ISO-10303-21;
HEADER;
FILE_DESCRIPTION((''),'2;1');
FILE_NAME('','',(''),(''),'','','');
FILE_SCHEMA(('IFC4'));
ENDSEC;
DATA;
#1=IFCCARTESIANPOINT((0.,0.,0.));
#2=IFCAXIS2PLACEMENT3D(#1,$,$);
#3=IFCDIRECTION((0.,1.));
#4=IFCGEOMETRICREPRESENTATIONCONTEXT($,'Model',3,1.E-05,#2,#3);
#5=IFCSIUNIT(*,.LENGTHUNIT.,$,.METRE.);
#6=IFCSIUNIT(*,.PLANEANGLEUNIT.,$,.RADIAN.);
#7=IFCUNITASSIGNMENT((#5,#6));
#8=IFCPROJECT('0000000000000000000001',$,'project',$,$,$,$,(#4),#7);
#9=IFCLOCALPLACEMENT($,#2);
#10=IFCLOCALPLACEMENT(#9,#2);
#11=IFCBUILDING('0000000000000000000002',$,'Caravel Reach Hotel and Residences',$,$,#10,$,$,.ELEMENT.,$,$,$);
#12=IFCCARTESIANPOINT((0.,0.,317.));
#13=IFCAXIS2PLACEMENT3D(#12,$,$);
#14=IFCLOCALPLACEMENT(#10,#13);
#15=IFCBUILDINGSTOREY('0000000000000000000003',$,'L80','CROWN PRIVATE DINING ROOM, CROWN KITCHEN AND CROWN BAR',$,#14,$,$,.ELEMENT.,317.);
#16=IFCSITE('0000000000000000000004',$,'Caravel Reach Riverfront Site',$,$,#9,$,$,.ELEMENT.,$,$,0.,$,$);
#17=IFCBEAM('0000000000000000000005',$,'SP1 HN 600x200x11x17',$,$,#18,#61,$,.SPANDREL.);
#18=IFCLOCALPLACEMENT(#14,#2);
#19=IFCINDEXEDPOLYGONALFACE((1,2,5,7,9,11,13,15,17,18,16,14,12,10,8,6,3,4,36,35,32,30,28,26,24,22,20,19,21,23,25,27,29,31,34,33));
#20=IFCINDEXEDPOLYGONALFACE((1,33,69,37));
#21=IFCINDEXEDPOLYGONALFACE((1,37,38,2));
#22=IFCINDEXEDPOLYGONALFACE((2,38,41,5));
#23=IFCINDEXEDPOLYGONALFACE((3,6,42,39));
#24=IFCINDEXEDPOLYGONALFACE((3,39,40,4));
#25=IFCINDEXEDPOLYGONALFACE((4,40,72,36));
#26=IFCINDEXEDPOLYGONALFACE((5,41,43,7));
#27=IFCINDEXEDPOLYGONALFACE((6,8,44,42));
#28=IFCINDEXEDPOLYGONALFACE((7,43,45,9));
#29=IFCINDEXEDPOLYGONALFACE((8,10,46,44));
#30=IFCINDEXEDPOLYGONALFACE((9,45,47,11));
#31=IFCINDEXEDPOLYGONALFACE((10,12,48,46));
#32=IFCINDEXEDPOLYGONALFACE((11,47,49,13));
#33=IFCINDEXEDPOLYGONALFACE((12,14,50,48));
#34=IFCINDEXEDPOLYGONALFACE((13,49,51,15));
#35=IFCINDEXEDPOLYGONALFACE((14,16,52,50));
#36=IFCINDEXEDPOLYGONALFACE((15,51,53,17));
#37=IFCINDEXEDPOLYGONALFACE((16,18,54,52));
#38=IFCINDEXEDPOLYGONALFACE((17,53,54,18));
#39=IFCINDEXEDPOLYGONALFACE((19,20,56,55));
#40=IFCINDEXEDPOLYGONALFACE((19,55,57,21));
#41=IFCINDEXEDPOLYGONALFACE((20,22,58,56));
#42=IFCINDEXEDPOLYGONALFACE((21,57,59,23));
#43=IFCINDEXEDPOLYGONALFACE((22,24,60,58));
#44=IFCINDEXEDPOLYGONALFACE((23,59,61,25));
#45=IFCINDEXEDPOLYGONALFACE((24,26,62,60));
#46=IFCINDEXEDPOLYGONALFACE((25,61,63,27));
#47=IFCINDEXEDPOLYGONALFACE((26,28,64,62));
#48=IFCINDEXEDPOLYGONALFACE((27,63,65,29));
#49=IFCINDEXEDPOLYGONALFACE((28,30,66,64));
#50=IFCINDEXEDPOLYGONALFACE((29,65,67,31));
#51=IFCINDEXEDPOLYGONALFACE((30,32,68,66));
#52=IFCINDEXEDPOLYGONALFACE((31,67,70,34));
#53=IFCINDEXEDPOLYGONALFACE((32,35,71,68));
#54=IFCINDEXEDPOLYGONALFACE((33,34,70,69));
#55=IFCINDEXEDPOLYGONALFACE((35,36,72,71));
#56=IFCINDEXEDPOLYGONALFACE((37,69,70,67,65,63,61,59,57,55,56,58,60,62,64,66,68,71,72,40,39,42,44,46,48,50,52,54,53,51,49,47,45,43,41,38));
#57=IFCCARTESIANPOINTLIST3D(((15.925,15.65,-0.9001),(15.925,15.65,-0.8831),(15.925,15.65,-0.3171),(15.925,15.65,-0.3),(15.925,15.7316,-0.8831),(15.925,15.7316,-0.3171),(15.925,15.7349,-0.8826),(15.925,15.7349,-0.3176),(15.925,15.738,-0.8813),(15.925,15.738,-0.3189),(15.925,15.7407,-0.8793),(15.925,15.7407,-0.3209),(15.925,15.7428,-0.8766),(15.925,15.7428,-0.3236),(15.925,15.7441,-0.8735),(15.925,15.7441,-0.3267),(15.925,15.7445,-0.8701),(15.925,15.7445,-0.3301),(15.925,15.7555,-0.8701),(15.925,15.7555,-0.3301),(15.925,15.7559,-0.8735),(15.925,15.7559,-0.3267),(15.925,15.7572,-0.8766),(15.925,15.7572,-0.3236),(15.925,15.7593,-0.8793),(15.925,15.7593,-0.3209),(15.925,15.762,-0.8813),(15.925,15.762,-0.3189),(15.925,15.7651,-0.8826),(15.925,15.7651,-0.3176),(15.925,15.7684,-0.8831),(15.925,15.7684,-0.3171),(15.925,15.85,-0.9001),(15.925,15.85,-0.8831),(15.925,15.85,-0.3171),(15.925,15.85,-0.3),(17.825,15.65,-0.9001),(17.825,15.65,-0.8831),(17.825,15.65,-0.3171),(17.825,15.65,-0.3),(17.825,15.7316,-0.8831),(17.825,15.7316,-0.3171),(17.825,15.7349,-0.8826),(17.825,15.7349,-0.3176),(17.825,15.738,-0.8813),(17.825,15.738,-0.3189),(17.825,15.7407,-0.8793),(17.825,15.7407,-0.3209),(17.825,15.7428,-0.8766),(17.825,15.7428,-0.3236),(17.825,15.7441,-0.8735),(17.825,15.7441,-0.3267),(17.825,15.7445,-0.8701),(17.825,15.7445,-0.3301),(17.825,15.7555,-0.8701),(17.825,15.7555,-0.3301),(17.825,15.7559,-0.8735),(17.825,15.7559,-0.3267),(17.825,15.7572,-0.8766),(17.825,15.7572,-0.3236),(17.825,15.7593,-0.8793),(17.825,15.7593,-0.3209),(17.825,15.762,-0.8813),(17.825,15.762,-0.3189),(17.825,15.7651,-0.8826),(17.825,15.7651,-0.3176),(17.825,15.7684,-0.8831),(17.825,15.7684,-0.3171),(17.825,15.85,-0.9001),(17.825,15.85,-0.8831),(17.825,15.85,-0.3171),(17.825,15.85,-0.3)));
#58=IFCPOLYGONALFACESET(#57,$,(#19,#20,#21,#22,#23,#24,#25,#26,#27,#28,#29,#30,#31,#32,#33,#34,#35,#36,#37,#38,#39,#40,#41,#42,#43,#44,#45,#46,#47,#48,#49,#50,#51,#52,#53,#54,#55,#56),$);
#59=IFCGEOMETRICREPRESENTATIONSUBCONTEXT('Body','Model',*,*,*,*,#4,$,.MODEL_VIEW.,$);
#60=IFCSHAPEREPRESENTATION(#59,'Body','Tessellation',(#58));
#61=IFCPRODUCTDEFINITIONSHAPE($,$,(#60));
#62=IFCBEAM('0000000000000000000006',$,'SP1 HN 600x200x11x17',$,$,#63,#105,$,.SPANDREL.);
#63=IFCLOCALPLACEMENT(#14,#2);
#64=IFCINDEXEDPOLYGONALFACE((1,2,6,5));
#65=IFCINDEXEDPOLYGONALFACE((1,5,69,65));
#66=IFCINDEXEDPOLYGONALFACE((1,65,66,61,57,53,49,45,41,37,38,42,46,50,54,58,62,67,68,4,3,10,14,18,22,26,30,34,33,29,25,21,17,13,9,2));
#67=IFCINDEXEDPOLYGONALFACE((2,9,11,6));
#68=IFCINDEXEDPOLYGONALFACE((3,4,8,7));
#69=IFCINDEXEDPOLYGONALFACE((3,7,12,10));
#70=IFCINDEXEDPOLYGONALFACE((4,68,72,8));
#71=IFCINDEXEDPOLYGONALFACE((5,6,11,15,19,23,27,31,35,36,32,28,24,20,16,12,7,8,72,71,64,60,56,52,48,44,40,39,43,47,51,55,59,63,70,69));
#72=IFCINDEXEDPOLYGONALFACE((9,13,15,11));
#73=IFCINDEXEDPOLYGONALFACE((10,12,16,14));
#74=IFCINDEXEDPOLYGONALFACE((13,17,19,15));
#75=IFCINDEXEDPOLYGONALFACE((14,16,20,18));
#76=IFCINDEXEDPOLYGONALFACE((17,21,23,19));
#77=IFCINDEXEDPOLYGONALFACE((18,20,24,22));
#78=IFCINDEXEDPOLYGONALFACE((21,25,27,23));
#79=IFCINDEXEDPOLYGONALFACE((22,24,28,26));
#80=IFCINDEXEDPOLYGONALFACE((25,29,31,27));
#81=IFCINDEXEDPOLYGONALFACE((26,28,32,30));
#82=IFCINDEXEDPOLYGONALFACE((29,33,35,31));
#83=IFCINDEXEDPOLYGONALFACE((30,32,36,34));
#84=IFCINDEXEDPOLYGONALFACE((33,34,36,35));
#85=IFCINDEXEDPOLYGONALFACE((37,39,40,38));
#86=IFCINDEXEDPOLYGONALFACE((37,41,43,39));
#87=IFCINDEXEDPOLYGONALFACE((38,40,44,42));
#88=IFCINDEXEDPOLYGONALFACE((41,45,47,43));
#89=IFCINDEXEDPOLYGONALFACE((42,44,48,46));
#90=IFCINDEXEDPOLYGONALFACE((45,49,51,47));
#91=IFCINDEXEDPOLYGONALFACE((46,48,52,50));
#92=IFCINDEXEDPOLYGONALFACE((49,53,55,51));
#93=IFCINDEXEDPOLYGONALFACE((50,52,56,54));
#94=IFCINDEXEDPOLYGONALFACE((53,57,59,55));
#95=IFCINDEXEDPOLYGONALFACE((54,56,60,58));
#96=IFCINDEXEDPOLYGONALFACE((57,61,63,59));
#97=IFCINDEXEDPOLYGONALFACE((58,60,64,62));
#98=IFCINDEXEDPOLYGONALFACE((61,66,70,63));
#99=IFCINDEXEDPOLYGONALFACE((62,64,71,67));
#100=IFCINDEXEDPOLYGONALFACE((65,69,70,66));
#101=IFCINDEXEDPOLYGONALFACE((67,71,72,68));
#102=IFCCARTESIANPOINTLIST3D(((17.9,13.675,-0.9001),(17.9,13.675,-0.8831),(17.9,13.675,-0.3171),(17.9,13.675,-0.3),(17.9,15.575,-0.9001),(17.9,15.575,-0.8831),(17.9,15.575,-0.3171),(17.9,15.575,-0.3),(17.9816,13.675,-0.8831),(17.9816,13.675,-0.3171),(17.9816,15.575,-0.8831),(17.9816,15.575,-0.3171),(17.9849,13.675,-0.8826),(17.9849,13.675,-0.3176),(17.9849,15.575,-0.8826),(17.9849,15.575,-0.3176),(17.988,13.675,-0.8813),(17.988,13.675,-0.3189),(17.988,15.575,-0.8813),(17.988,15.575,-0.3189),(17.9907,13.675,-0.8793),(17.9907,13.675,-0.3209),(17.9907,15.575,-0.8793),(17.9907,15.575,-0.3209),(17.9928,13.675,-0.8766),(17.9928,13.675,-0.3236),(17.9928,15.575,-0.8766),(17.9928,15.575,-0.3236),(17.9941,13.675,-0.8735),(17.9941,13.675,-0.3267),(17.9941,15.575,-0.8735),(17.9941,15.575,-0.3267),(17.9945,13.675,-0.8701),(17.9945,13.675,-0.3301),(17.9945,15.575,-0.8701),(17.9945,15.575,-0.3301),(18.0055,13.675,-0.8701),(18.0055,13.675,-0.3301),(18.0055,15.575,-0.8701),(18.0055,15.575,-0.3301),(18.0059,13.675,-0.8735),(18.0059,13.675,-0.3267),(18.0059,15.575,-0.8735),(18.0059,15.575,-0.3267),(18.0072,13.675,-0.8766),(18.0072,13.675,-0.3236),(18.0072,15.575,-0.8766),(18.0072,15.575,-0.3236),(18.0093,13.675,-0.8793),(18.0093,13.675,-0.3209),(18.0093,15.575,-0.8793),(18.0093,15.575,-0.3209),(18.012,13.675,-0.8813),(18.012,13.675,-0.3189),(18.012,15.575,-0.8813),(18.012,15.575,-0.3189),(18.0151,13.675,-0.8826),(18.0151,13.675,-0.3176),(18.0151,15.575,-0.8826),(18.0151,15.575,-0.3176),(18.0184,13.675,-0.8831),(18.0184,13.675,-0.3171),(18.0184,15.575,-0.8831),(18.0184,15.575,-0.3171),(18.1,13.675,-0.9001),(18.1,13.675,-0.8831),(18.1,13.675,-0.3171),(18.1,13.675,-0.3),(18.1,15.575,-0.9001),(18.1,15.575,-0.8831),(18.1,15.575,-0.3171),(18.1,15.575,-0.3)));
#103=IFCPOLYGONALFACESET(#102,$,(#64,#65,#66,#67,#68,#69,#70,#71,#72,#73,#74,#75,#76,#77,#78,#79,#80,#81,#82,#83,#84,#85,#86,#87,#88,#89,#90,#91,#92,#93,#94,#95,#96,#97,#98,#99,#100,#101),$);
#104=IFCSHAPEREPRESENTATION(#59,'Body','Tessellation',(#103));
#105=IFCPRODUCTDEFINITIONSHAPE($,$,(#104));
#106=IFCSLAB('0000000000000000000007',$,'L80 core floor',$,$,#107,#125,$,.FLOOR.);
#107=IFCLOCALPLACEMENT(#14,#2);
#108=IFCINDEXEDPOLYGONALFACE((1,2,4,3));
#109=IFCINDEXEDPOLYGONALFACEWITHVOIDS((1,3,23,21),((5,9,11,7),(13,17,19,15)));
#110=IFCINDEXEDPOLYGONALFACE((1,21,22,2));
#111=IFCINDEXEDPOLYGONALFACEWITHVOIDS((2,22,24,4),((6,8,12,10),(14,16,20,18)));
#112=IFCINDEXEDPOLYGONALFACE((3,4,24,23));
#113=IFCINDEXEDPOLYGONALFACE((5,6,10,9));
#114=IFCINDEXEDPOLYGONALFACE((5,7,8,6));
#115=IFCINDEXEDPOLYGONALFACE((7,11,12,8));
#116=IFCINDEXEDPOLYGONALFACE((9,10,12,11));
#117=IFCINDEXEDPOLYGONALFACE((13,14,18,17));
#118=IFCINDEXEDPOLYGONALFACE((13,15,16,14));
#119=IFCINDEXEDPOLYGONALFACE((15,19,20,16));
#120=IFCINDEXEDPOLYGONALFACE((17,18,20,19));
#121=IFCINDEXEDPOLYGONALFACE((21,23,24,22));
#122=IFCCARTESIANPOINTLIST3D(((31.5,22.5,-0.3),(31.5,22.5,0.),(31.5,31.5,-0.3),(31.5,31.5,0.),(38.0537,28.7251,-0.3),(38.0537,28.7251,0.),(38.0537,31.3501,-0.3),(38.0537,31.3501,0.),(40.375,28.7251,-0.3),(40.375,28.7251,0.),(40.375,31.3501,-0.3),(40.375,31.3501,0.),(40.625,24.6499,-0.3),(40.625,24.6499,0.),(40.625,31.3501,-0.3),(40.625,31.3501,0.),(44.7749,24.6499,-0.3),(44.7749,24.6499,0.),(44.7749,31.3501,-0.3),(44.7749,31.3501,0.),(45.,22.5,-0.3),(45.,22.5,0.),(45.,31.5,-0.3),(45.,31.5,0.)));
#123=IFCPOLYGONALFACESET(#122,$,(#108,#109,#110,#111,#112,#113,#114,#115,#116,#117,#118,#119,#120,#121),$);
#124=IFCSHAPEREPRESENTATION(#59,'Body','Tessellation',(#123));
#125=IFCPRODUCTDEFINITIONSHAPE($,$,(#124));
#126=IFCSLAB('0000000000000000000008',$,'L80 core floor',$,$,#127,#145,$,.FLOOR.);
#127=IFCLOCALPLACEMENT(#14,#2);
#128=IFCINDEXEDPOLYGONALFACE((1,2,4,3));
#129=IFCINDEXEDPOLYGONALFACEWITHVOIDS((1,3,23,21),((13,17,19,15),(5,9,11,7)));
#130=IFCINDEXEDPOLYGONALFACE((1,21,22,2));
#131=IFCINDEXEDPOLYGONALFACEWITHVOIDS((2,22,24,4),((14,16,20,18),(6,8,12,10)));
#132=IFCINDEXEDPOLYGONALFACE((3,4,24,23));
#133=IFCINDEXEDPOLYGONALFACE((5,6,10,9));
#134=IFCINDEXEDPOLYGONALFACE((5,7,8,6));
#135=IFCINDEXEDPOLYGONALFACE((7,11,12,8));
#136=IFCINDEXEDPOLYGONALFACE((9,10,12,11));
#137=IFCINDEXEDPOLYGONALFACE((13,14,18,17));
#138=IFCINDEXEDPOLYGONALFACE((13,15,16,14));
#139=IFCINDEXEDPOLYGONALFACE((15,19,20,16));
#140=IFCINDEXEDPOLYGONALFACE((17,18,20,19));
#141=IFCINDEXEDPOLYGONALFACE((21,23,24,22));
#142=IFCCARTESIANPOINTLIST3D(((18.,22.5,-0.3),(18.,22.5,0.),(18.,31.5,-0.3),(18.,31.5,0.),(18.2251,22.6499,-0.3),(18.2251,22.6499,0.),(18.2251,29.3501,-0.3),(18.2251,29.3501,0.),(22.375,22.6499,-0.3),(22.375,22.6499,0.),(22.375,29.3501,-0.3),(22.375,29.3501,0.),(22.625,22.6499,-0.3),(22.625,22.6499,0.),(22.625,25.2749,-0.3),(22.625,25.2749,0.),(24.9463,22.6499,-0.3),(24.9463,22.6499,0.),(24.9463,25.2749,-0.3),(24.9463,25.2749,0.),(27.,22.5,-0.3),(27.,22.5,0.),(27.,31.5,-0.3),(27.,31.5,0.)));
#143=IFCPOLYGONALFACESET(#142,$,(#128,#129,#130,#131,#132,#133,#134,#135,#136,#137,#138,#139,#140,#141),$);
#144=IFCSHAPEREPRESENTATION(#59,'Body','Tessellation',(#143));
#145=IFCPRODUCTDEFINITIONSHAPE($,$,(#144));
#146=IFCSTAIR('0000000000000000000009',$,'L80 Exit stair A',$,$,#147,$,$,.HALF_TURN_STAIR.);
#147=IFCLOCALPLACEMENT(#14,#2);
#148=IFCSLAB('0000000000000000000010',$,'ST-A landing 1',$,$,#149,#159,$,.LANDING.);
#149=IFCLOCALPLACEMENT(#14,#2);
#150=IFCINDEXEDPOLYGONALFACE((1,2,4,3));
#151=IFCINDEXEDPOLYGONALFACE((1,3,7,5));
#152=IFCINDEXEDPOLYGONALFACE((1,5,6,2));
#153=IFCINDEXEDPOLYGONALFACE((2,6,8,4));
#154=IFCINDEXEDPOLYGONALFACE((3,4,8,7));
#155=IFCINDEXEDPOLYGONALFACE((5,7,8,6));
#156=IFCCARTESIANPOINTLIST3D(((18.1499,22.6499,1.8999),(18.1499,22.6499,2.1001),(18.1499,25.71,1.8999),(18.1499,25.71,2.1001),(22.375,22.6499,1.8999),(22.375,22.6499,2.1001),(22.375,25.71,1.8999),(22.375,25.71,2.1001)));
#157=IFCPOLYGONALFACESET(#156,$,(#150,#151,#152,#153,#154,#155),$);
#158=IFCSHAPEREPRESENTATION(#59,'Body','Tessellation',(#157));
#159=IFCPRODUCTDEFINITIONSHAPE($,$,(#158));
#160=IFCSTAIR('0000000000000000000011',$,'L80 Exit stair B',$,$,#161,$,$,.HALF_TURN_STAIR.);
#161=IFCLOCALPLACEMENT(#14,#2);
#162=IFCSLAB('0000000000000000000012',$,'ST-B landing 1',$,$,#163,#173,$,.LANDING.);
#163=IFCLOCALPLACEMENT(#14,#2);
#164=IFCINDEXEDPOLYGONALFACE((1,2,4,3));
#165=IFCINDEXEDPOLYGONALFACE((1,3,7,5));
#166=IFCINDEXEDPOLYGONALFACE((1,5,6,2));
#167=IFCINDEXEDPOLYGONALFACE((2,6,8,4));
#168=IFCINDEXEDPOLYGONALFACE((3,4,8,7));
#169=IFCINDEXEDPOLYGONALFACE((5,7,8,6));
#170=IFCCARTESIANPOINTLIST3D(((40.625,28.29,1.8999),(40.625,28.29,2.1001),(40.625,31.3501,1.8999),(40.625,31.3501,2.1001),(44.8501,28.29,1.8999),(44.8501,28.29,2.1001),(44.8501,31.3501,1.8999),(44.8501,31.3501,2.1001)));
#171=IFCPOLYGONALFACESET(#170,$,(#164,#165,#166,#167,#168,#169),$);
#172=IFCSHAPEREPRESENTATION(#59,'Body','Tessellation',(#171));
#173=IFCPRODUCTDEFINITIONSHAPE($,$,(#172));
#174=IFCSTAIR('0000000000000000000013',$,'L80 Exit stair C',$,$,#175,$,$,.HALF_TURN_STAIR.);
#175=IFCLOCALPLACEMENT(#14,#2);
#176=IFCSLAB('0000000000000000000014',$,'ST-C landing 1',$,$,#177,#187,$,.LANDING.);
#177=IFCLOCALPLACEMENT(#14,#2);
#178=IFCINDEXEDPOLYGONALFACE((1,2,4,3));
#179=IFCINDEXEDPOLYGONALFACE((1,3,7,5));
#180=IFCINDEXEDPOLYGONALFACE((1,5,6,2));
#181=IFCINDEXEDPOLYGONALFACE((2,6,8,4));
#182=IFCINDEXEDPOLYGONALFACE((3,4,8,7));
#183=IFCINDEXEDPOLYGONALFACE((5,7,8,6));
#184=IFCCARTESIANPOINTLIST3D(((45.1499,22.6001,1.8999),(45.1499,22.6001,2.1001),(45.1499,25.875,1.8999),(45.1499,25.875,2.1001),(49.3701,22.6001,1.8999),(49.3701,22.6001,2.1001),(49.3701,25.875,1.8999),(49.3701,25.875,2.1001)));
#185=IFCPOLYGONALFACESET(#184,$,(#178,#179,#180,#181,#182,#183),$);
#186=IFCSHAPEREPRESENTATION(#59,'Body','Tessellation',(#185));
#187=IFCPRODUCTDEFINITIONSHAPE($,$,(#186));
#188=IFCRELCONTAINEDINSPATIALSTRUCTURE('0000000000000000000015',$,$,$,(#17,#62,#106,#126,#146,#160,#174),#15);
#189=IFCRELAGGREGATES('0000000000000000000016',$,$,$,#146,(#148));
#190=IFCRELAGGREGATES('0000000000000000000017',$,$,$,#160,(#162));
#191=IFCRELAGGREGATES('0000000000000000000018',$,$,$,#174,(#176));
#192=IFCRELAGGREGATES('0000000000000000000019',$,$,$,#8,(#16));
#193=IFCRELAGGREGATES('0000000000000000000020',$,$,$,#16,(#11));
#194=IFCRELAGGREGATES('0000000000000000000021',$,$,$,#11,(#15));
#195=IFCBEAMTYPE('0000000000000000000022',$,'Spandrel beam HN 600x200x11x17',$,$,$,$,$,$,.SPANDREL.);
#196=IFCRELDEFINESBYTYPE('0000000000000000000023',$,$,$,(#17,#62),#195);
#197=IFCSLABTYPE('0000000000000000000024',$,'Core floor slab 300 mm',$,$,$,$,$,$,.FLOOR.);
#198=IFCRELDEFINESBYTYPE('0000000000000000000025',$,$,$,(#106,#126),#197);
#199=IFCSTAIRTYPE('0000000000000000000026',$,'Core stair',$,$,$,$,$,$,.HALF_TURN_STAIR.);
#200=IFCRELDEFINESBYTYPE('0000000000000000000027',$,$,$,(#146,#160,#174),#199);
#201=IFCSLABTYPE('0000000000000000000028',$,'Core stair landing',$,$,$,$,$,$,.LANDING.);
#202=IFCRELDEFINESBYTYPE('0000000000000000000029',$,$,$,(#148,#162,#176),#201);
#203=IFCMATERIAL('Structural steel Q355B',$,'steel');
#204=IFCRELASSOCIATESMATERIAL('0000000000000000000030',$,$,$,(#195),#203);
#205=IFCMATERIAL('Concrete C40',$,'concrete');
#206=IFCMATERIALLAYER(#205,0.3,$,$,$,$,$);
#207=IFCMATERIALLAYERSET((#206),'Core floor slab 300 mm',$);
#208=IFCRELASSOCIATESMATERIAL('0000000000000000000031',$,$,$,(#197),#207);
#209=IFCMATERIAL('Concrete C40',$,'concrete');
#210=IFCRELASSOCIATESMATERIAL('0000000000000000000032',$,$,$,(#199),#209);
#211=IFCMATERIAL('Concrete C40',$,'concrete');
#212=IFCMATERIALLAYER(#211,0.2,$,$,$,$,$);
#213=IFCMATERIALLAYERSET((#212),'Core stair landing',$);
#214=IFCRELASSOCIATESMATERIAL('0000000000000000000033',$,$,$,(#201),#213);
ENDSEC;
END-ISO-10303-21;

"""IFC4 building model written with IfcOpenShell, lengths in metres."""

from ifc_helpers import new_model, si_unit, direction, frame, origin, origin_2d, place, context, subcontext, project, spatial, polyline, i_section, outline, extrude, material, layer, layer_set, material_profile, profile_set, type_object, element, aggregate, save


model = new_model("IFC4")

# Units and contexts
model_context = context("Model", 3, precision=1e-05, world=origin(), true_north=direction((0.0, 1.0)))
body_context = subcontext(model_context, "Body", "Model", "MODEL_VIEW")
ifc_project = project(units=[si_unit("LENGTHUNIT", "METRE"), si_unit("PLANEANGLEUNIT", "RADIAN")], contexts=[model_context])

# Site, building, storey
site_placement = place(None, origin())
site = spatial("IfcSite", under=ifc_project, at=site_placement, Name="Caravel Reach Riverfront Site", CompositionType="ELEMENT", RefElevation=0.0)
building_placement = place(site_placement, origin())
building = spatial("IfcBuilding", under=site, at=building_placement, Name="Caravel Reach Hotel and Residences", CompositionType="ELEMENT")
storey_placement = place(building_placement, frame((0.0, 0.0, 317.0)))
storey = spatial("IfcBuildingStorey", under=building, at=storey_placement, Name="L80", Description="CROWN PRIVATE DINING ROOM, CROWN KITCHEN AND CROWN BAR", CompositionType="ELEMENT", Elevation=317.0)

# Beams
ifc_material_1 = material(Name="Structural steel Q355B", Category="steel")
ifc_material_profile_1 = material_profile(ifc_material_1, i_section(OverallWidth=0.2, OverallDepth=0.6001, WebThickness=0.011, FlangeThickness=0.0171, FilletRadius=0.0129, at=origin_2d()), Name="HN 600x200x11x17")
ifc_profile_set_1 = profile_set([ifc_material_profile_1], Name="Structural steel Q355B")
beam_type_1 = type_object("IfcBeamType", Name="Spandrel beam HN 600x200x11x17", PredefinedType="SPANDREL", material=ifc_profile_set_1)
for number, where, z_axis, x_axis, name in (
    (1, (15.925, 15.75, -0.6001), (1.0, 0.0, 0.0), (0.0, 1.0, 0.0), "SP1 HN 600x200x11x17"),
    (2, (18.0, 15.575, -0.6001), (0.0, -1.0, 0.0), (1.0, 0.0, 0.0), "SP1 HN 600x200x11x17"),
):
    element("IfcBeam", number, at=place(storey_placement, frame(where, z_axis=z_axis, x_axis=x_axis)), inside=storey, type_object=beam_type_1, Name=name, PredefinedType="SPANDREL", context=body_context, shape_type="SweptSolid", body=[
        extrude(i_section(OverallWidth=0.2, OverallDepth=0.6001, WebThickness=0.011, FlangeThickness=0.0171, FilletRadius=0.0129, at=origin_2d()), origin(), (0.0, 0.0, 1.0), 1.8999),
    ])

# Slabs
ifc_material_2 = material(Name="Concrete C40", Category="concrete")
ifc_layer_1 = layer(ifc_material_2, 0.3)
ifc_layer_set_1 = layer_set([ifc_layer_1], Name="Core floor slab 300 mm")
slab_type_1 = type_object("IfcSlabType", Name="Core floor slab 300 mm", PredefinedType="FLOOR", material=ifc_layer_set_1)
slab_1_placement = place(storey_placement, frame((0.0, 0.0, -0.3)))
element("IfcSlab", 3, at=slab_1_placement, inside=storey, type_object=slab_type_1, Name="L80 core floor", PredefinedType="FLOOR", context=body_context, shape_type="SweptSolid", body=[
    extrude(outline(polyline([(45.0, 22.5), (31.5, 22.5), (31.5, 31.5), (45.0, 31.5), (45.0, 22.5)]), holes=[polyline([(40.625, 24.6499), (44.7749, 24.6499), (44.7749, 31.3501), (40.625, 31.3501), (40.625, 24.6499)]), polyline([(38.0537, 28.7251), (40.375, 28.7251), (40.375, 31.3501), (38.0537, 31.3501), (38.0537, 28.7251)])]), origin(), (0.0, 0.0, 1.0), 0.3),
])
slab_2_placement = place(storey_placement, frame((0.0, 0.0, -0.3)))
element("IfcSlab", 4, at=slab_2_placement, inside=storey, type_object=slab_type_1, Name="L80 core floor", PredefinedType="FLOOR", context=body_context, shape_type="SweptSolid", body=[
    extrude(outline(polyline([(18.0, 31.5), (27.0, 31.5), (27.0, 22.5), (18.0, 22.5), (18.0, 31.5)]), holes=[polyline([(22.625, 22.6499), (24.9463, 22.6499), (24.9463, 25.2749), (22.625, 25.2749), (22.625, 22.6499)]), polyline([(22.375, 29.3501), (18.2251, 29.3501), (18.2251, 22.6499), (22.375, 22.6499), (22.375, 29.3501)])]), origin(), (0.0, 0.0, 1.0), 0.3),
])

# Stairs, slabs
ifc_material_3 = material(Name="Concrete C40", Category="concrete")
stair_type = type_object("IfcStairType", Name="Core stair", PredefinedType="HALF_TURN_STAIR", material=ifc_material_3)
stair_1_placement = place(storey_placement, origin())
stair_1 = element("IfcStair", 5, at=stair_1_placement, inside=storey, type_object=stair_type, Name="L80 Exit stair A", PredefinedType="HALF_TURN_STAIR")
ifc_material_4 = material(Name="Concrete C40", Category="concrete")
ifc_layer_2 = layer(ifc_material_4, 0.2)
ifc_layer_set_2 = layer_set([ifc_layer_2], Name="Core stair landing")
slab_type_2 = type_object("IfcSlabType", Name="Core stair landing", PredefinedType="LANDING", material=ifc_layer_set_2)
slab_3_placement = place(storey_placement, frame((0.0, 0.0, 1.8999)))
slab_3 = element("IfcSlab", 6, at=slab_3_placement, type_object=slab_type_2, Name="ST-A landing 1", PredefinedType="LANDING", context=body_context, shape_type="SweptSolid", body=[
    extrude(outline(polyline([(18.1499, 25.71), (18.1499, 22.6499), (22.375, 22.6499), (22.375, 25.71), (18.1499, 25.71)])), origin(), (0.0, 0.0, 1.0), 0.2002),
])
aggregate(stair_1, [slab_3])
stair_2_placement = place(storey_placement, origin())
stair_2 = element("IfcStair", 7, at=stair_2_placement, inside=storey, type_object=stair_type, Name="L80 Exit stair B", PredefinedType="HALF_TURN_STAIR")
slab_4_placement = place(storey_placement, frame((0.0, 0.0, 1.8999)))
slab_4 = element("IfcSlab", 8, at=slab_4_placement, type_object=slab_type_2, Name="ST-B landing 1", PredefinedType="LANDING", context=body_context, shape_type="SweptSolid", body=[
    extrude(outline(polyline([(44.8501, 28.29), (44.8501, 31.3501), (40.625, 31.3501), (40.625, 28.29), (44.8501, 28.29)])), origin(), (0.0, 0.0, 1.0), 0.2002),
])
aggregate(stair_2, [slab_4])
stair_3_placement = place(storey_placement, origin())
stair_3 = element("IfcStair", 9, at=stair_3_placement, inside=storey, type_object=stair_type, Name="L80 Exit stair C", PredefinedType="HALF_TURN_STAIR")
slab_5_placement = place(storey_placement, frame((0.0, 0.0, 1.8999)))
slab_5 = element("IfcSlab", 10, at=slab_5_placement, type_object=slab_type_2, Name="ST-C landing 1", PredefinedType="LANDING", context=body_context, shape_type="SweptSolid", body=[
    extrude(outline(polyline([(45.1499, 25.875), (45.1499, 22.6001), (49.3701, 22.6001), (49.3701, 25.875), (45.1499, 25.875)])), origin(), (0.0, 0.0, 1.0), 0.2002),
])
aggregate(stair_3, [slab_5])

save(model, "model.ifc")
